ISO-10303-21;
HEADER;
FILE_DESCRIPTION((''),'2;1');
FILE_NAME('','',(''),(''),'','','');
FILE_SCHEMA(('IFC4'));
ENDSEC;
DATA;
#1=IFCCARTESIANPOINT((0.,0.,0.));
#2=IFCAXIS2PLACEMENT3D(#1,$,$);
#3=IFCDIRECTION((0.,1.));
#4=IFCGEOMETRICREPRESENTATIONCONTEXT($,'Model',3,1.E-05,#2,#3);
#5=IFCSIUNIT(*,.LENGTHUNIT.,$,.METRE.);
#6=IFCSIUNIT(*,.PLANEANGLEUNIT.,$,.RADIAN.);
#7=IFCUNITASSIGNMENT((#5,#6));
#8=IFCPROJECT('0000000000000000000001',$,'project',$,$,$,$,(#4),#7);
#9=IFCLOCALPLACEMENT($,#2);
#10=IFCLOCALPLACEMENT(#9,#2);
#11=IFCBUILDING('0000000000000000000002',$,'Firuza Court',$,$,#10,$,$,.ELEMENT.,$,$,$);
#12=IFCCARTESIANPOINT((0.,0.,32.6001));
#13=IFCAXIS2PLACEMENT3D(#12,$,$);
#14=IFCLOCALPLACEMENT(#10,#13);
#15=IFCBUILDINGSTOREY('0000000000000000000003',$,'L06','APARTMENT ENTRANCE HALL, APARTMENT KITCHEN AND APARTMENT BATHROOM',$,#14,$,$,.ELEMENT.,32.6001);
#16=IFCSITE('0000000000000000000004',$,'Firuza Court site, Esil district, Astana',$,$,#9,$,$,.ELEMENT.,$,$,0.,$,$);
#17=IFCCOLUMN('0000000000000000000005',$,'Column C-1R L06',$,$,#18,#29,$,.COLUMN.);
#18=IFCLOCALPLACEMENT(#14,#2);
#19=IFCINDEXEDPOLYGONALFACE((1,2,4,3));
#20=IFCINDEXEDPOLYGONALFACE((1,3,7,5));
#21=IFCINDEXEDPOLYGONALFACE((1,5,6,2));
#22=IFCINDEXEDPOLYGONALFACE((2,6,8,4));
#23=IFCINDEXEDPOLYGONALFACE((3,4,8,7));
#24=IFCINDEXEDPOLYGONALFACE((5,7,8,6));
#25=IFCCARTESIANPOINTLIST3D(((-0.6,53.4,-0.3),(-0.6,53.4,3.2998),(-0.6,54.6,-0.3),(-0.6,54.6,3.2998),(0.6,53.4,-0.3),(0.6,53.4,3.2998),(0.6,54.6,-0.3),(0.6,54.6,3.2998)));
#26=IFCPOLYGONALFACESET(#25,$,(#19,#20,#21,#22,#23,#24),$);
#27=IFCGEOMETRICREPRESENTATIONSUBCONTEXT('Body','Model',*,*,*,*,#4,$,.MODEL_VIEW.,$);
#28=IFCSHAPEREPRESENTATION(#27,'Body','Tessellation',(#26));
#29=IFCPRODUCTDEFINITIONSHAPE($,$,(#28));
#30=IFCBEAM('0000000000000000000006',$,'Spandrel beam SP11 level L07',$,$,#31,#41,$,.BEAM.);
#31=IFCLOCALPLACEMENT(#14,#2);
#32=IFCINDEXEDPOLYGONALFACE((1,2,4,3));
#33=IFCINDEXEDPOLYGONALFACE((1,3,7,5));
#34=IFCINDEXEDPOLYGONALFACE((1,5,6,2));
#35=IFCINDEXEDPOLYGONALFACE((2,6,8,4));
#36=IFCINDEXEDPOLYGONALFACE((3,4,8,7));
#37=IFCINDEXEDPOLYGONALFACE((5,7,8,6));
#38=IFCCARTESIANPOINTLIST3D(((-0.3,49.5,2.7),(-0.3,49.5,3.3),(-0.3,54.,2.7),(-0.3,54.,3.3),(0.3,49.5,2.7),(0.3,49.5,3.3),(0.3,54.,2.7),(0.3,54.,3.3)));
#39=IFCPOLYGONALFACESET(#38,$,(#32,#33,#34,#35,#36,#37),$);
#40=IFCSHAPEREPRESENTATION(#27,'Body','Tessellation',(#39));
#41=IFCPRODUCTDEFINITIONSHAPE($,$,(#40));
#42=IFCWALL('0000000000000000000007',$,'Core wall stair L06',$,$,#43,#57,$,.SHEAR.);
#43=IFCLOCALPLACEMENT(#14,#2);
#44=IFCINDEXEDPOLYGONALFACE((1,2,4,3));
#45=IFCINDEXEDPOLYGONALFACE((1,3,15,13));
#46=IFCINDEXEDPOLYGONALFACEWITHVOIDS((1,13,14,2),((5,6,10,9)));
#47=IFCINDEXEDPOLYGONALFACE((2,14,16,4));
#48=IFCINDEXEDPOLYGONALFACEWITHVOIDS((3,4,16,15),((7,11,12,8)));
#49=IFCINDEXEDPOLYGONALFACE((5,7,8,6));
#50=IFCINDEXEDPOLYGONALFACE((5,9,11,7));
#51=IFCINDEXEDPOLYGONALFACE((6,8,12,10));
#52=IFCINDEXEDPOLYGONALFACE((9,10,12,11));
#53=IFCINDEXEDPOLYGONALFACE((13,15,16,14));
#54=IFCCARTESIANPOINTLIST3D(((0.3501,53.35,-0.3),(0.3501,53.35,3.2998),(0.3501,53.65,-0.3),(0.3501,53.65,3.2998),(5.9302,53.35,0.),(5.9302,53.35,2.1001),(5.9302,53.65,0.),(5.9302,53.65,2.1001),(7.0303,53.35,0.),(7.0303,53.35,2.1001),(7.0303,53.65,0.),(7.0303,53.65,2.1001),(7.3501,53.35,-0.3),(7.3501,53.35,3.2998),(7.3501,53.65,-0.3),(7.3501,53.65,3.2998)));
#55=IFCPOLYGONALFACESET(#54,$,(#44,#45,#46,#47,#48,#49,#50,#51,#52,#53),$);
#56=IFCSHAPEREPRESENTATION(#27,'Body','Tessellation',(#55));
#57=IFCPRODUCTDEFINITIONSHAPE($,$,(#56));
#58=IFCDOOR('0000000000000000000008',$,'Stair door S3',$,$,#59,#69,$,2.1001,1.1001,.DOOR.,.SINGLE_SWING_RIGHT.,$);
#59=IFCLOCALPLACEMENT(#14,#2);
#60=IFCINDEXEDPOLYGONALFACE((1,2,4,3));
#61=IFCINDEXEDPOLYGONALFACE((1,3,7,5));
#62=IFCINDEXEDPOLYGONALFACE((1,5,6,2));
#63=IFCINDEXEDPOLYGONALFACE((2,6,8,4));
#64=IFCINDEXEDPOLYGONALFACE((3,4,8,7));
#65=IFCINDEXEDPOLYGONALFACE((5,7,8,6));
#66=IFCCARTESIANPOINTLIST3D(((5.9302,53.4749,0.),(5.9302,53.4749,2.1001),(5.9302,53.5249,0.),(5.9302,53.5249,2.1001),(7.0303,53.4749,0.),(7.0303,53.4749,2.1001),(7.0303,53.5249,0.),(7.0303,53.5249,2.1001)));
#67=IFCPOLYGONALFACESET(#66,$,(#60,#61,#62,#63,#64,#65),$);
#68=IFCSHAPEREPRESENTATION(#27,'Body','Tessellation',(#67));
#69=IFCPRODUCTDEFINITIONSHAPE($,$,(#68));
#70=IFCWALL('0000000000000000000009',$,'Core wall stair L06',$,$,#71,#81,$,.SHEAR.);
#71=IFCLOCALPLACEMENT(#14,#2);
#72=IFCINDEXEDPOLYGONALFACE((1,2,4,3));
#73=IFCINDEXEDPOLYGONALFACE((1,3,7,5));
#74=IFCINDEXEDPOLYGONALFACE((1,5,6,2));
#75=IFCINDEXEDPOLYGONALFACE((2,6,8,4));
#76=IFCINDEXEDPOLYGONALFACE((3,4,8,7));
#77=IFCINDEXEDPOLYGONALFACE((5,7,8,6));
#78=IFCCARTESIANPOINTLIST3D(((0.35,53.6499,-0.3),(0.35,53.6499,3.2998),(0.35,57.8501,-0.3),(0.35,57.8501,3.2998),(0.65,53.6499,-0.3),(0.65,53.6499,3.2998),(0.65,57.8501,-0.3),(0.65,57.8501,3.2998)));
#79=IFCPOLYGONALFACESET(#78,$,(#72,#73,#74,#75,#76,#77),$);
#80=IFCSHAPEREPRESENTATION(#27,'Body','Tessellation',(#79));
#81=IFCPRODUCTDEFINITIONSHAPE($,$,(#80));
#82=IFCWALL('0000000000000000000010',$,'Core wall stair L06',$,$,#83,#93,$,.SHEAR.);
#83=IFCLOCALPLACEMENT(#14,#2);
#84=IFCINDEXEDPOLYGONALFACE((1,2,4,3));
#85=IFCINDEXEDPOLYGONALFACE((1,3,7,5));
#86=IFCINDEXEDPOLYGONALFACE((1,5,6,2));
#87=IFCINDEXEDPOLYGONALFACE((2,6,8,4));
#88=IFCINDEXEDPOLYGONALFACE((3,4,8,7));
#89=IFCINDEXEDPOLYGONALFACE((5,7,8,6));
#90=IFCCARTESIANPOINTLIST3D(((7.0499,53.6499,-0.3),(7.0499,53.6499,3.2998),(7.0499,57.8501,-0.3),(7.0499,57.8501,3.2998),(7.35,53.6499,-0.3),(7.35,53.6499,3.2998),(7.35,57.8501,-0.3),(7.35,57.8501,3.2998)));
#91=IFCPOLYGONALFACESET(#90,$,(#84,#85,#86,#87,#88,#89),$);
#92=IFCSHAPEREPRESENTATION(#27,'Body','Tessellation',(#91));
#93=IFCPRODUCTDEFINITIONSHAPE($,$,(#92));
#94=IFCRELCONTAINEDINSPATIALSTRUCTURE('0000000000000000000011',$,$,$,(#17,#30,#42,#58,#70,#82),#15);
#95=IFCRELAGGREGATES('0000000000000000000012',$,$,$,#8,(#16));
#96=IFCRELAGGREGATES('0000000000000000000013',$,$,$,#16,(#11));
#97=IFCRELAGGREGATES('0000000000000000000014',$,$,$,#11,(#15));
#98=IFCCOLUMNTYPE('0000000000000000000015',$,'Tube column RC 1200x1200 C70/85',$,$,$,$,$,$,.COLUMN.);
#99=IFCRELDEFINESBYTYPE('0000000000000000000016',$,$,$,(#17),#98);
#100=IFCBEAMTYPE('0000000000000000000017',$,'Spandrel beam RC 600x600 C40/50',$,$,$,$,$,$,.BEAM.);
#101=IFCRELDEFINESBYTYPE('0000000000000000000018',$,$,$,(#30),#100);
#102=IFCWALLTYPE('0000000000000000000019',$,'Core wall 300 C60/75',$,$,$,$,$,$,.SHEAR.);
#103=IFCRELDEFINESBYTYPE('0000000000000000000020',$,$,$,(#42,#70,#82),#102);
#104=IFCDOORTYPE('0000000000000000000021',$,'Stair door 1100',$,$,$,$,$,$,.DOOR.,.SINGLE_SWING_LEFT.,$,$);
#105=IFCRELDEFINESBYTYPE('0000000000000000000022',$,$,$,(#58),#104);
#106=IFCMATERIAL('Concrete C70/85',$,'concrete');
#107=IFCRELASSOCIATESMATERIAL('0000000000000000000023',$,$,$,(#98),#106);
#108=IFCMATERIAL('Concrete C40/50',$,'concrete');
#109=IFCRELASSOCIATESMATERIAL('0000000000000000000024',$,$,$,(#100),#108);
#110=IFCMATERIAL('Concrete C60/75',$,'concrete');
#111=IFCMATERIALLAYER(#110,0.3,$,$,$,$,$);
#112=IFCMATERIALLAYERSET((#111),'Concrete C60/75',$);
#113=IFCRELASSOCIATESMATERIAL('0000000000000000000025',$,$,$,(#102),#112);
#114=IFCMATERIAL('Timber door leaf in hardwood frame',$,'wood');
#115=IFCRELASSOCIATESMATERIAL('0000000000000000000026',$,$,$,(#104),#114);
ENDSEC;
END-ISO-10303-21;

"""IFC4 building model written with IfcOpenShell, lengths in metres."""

from ifc_helpers import new_model, si_unit, direction, frame, frame_2d, origin, origin_2d, place, context, subcontext, project, spatial, rectangle, extrude, material, layer, layer_set, material_profile, profile_set, type_object, element, fill, save


model = new_model("IFC4")

# Units and contexts
model_context = context("Model", 3, precision=1e-05, world=origin(), true_north=direction((0.0, 1.0)))
body_context = subcontext(model_context, "Body", "Model", "MODEL_VIEW")
ifc_project = project(units=[si_unit("LENGTHUNIT", "METRE"), si_unit("PLANEANGLEUNIT", "RADIAN")], contexts=[model_context])

# Site, building, storey
site_placement = place(None, origin())
site = spatial("IfcSite", under=ifc_project, at=site_placement, Name="Firuza Court site, Esil district, Astana", CompositionType="ELEMENT", RefElevation=0.0)
building_placement = place(site_placement, origin())
building = spatial("IfcBuilding", under=site, at=building_placement, Name="Firuza Court", CompositionType="ELEMENT")
storey_placement = place(building_placement, frame((0.0, 0.0, 32.6001)))
storey = spatial("IfcBuildingStorey", under=building, at=storey_placement, Name="L06", Description="APARTMENT ENTRANCE HALL, APARTMENT KITCHEN AND APARTMENT BATHROOM", CompositionType="ELEMENT", Elevation=32.6001)

# Column
ifc_material_1 = material(Name="Concrete C70/85", Category="concrete")
ifc_material_profile_1 = material_profile(ifc_material_1, rectangle(XDim=1.2, YDim=1.2, at=origin_2d()), Name="RC 1200x1200")
ifc_profile_set_1 = profile_set([ifc_material_profile_1], Name="Concrete C70/85")
column_type = type_object("IfcColumnType", Name="Tube column RC 1200x1200 C70/85", PredefinedType="COLUMN", material=ifc_profile_set_1)
column_placement = place(storey_placement, frame((0.0, 54.0, -0.3), z_axis=(0.0, 0.0, 1.0), x_axis=(1.0, 0.0, 0.0)))
element("IfcColumn", 1, at=column_placement, inside=storey, type_object=column_type, Name="Column C-1R L06", PredefinedType="COLUMN", context=body_context, shape_type="SweptSolid", body=[
    extrude(rectangle(XDim=1.2, YDim=1.2, at=origin_2d()), origin(), (0.0, 0.0, 1.0), 3.5999),
])

# Beam
ifc_material_2 = material(Name="Concrete C40/50", Category="concrete")
ifc_material_profile_2 = material_profile(ifc_material_2, rectangle(XDim=0.6001, YDim=0.6001, at=origin_2d()), Name="RC 600x600")
ifc_profile_set_2 = profile_set([ifc_material_profile_2], Name="Concrete C40/50")
beam_type = type_object("IfcBeamType", Name="Spandrel beam RC 600x600 C40/50", PredefinedType="BEAM", material=ifc_profile_set_2)
beam_placement = place(storey_placement, frame((0.0, 54.0, 3.0), z_axis=(0.0, -1.0, 0.0), x_axis=(1.0, 0.0, 0.0)))
element("IfcBeam", 2, at=beam_placement, inside=storey, type_object=beam_type, Name="Spandrel beam SP11 level L07", PredefinedType="BEAM", context=body_context, shape_type="SweptSolid", body=[
    extrude(rectangle(XDim=0.6001, YDim=0.6001, at=origin_2d()), origin(), (0.0, 0.0, 1.0), 4.5),
])

# Wall, opening, door
ifc_material_3 = material(Name="Concrete C60/75", Category="concrete")
ifc_layer_1 = layer(ifc_material_3, 0.3)
ifc_layer_set_1 = layer_set([ifc_layer_1], Name="Concrete C60/75")
wall_type_1 = type_object("IfcWallType", Name="Core wall 300 C60/75", PredefinedType="SHEAR", material=ifc_layer_set_1)
wall_1_placement = place(storey_placement, frame((0.3501, 53.5, -0.3), z_axis=(0.0, 0.0, 1.0), x_axis=(1.0, 0.0, 0.0)))
wall_1 = element("IfcWall", 3, at=wall_1_placement, inside=storey, type_object=wall_type_1, Name="Core wall stair L06", PredefinedType="SHEAR", context=body_context, shape_type="SweptSolid", body=[
    extrude(rectangle(XDim=7.0, YDim=0.3, at=frame_2d((3.5, 0.0))), origin(), (0.0, 0.0, 1.0), 3.5999),
])
opening_1_placement = place(wall_1_placement, frame((5.5801, 0.0, 0.3)))
opening_1 = element("IfcOpeningElement", 4, at=opening_1_placement, cuts=wall_1, PredefinedType="OPENING", context=body_context, shape_type="SweptSolid", body=[
    extrude(rectangle(XDim=1.1001, YDim=2.1001, at=frame_2d((0.55, 1.05))), frame((0.0, 0.1621, 0.0), z_axis=(0.0, -1.0, 0.0), x_axis=(1.0, 0.0, 0.0)), (0.0, 0.0, 1.0), 0.324),
])
ifc_material_4 = material(Name="Timber door leaf in hardwood frame", Category="wood")
door_type_1 = type_object("IfcDoorType", Name="Stair door 1100", OperationType="SINGLE_SWING_LEFT", PredefinedType="DOOR", material=ifc_material_4)
door_1_placement = place(opening_1_placement, origin())
door_1 = element("IfcDoor", 5, at=door_1_placement, inside=storey, type_object=door_type_1, Name="Stair door S3", OperationType="SINGLE_SWING_RIGHT", OverallHeight=2.1001, OverallWidth=1.1001, PredefinedType="DOOR", context=body_context, shape_type="SweptSolid", body=[
    extrude(rectangle(XDim=1.1001, YDim=2.1001, at=frame_2d((0.55, 1.05))), frame((0.0, 0.0249, 0.0), z_axis=(0.0, -1.0, 0.0), x_axis=(1.0, 0.0, 0.0)), (0.0, 0.0, 1.0), 0.05),
])
fill(opening_1, door_1)

# Walls
for number, where, z_axis, x_axis, name in (
    (6, (0.5, 53.6499, -0.3), (0.0, 0.0, 1.0), (0.0, 1.0, 0.0), "Core wall stair L06"),
    (7, (7.2, 53.6499, -0.3), (0.0, 0.0, 1.0), (0.0, 1.0, 0.0), "Core wall stair L06"),
):
    element("IfcWall", number, at=place(storey_placement, frame(where, z_axis=z_axis, x_axis=x_axis)), inside=storey, type_object=wall_type_1, Name=name, PredefinedType="SHEAR", context=body_context, shape_type="SweptSolid", body=[
        extrude(rectangle(XDim=4.2002, YDim=0.3, at=frame_2d((2.1001, 0.0))), origin(), (0.0, 0.0, 1.0), 3.5999),
    ])

save(model, "model.ifc")
